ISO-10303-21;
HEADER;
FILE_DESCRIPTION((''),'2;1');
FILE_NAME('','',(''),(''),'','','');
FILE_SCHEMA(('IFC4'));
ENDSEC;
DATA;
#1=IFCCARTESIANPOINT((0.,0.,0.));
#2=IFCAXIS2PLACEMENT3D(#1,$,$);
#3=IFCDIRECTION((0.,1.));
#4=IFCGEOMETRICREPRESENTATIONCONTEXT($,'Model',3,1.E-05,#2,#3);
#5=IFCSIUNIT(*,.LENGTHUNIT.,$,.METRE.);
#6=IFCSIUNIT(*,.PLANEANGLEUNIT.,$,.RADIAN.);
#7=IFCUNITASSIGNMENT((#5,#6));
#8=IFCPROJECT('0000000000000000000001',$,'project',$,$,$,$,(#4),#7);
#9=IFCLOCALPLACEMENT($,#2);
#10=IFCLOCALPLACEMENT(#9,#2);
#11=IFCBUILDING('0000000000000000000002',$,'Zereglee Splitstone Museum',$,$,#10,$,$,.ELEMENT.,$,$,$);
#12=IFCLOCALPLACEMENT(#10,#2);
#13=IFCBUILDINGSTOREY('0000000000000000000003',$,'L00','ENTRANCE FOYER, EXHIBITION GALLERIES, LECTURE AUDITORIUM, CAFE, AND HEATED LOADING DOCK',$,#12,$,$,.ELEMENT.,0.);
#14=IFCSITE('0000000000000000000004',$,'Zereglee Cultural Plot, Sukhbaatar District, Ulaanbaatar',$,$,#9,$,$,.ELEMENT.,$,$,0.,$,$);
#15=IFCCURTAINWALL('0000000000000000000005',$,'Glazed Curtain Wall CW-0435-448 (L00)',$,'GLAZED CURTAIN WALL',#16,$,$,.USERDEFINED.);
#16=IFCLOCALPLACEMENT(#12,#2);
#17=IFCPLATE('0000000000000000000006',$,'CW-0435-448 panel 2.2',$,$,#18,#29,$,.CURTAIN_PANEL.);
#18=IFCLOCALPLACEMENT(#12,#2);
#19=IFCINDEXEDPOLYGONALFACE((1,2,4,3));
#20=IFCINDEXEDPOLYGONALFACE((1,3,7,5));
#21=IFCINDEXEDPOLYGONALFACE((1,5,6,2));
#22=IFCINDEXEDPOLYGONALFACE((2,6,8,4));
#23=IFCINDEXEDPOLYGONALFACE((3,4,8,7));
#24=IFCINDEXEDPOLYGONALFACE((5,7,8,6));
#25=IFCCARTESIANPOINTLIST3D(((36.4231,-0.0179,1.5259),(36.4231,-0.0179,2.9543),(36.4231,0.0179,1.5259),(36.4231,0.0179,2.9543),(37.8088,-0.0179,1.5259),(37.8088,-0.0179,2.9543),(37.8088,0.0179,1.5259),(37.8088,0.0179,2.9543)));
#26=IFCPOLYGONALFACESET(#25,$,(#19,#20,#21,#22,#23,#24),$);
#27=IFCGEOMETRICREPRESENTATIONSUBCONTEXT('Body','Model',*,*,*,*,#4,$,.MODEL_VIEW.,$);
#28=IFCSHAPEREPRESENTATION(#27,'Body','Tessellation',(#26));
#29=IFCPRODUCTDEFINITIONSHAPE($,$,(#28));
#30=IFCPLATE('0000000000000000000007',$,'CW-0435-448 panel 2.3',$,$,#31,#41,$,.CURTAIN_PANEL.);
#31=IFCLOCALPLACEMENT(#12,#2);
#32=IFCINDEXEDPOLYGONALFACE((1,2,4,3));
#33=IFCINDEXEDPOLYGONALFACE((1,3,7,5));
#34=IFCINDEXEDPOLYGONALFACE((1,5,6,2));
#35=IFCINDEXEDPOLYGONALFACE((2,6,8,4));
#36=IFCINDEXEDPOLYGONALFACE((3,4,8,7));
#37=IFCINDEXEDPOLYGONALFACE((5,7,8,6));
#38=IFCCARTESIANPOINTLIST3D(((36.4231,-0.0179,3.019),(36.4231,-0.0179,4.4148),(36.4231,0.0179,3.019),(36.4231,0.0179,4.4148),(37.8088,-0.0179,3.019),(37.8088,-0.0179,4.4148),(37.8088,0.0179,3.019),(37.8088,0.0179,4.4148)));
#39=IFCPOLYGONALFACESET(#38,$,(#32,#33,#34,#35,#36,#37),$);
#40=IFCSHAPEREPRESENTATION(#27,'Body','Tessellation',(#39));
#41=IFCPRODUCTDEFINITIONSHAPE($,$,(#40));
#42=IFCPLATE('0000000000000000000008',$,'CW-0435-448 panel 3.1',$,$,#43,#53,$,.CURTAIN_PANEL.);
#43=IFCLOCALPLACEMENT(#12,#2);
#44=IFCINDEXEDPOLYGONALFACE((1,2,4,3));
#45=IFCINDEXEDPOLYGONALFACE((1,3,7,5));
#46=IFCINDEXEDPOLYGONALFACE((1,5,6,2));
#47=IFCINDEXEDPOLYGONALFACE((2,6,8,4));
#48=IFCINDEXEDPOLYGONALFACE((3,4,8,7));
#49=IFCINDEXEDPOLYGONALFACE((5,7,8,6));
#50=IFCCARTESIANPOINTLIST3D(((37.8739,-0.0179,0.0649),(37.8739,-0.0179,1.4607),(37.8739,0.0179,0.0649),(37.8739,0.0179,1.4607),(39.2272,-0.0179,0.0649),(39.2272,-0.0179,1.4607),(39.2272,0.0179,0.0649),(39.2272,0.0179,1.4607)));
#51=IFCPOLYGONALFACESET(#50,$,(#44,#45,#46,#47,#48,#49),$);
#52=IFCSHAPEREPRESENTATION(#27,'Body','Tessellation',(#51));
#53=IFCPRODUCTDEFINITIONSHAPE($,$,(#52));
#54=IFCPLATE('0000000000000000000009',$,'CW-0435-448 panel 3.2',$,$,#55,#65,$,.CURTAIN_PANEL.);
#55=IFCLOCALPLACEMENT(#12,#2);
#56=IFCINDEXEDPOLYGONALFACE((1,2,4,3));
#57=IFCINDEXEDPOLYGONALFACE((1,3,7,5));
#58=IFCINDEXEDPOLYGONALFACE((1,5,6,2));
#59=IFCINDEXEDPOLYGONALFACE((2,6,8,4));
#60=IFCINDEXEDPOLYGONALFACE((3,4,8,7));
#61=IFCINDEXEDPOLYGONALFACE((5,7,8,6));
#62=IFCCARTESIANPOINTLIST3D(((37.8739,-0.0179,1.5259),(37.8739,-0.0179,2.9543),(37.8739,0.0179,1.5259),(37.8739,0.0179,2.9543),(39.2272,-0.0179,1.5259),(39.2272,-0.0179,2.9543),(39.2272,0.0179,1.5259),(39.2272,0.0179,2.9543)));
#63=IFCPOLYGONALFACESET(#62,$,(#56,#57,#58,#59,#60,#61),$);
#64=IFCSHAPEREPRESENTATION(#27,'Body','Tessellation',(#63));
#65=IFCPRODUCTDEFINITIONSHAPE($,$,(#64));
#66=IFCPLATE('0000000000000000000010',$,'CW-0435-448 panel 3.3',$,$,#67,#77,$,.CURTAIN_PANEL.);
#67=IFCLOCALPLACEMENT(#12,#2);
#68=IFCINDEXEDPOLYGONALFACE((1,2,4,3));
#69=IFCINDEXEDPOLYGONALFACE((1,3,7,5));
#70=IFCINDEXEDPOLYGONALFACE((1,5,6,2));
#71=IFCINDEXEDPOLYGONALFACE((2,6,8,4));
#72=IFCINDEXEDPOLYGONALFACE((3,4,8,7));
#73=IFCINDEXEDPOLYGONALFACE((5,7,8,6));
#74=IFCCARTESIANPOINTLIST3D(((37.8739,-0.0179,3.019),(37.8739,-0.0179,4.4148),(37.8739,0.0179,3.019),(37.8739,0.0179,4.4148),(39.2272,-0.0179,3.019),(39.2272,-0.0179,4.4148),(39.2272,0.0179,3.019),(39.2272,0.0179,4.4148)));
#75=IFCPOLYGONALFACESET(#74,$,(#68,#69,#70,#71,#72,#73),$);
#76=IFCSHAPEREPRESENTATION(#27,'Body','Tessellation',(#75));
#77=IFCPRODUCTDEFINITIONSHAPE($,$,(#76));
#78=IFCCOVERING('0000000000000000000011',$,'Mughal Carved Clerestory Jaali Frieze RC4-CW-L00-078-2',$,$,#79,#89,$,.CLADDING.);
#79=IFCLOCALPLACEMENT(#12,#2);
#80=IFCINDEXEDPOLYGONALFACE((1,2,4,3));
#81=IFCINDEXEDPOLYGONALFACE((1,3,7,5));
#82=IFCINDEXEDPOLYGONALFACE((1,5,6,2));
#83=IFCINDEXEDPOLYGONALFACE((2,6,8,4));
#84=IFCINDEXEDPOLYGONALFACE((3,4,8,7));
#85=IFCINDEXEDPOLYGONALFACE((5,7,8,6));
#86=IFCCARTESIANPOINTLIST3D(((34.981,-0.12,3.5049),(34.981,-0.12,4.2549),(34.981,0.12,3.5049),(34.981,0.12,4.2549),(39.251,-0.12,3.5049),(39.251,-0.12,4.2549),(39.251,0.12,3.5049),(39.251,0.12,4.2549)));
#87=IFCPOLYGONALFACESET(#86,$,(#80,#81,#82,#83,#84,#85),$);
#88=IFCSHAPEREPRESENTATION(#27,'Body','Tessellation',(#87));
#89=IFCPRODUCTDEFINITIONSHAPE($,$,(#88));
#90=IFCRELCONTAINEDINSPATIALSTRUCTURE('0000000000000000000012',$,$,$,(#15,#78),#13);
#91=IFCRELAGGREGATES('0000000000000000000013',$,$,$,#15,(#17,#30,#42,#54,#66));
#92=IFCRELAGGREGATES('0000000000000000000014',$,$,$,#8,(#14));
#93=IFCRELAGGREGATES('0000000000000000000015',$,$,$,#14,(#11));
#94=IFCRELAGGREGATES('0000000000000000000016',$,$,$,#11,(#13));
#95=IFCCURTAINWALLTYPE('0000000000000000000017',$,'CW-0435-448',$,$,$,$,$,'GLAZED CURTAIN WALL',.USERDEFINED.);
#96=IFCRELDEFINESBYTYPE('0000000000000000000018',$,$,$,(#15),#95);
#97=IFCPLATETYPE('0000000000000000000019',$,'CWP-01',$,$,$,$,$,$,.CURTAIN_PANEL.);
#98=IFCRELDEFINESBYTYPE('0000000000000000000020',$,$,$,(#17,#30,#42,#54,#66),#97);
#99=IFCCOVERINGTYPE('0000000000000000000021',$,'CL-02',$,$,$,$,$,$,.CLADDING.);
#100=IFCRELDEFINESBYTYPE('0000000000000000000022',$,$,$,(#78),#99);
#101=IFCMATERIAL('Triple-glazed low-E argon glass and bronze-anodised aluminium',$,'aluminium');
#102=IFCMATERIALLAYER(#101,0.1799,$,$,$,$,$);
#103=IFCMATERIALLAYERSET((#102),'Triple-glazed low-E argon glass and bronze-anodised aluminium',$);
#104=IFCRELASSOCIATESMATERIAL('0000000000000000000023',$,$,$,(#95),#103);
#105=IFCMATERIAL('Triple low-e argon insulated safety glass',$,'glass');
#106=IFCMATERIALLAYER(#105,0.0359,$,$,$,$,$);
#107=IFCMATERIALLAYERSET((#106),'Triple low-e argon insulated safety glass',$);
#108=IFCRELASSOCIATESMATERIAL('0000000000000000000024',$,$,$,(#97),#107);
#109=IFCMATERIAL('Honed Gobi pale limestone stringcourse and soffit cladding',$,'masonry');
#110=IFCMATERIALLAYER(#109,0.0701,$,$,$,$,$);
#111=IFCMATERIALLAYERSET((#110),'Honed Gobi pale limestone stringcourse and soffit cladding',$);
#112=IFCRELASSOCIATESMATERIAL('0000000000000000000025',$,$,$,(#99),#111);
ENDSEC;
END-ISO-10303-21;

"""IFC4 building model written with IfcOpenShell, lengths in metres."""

from ifc_helpers import new_model, si_unit, direction, frame, origin, origin_2d, place, context, subcontext, project, spatial, rectangle, extrude, material, layer, layer_set, type_object, element, aggregate, save


model = new_model("IFC4")

# Units and contexts
model_context = context("Model", 3, precision=1e-05, world=origin(), true_north=direction((0.0, 1.0)))
body_context = subcontext(model_context, "Body", "Model", "MODEL_VIEW")
ifc_project = project(units=[si_unit("LENGTHUNIT", "METRE"), si_unit("PLANEANGLEUNIT", "RADIAN")], contexts=[model_context])

# Site, building, storey
site_placement = place(None, origin())
site = spatial("IfcSite", under=ifc_project, at=site_placement, Name="Zereglee Cultural Plot, Sukhbaatar District, Ulaanbaatar", CompositionType="ELEMENT", RefElevation=0.0)
building_placement = place(site_placement, origin())
building = spatial("IfcBuilding", under=site, at=building_placement, Name="Zereglee Splitstone Museum", CompositionType="ELEMENT")
storey_placement = place(building_placement, origin())
storey = spatial("IfcBuildingStorey", under=building, at=storey_placement, Name="L00", Description="ENTRANCE FOYER, EXHIBITION GALLERIES, LECTURE AUDITORIUM, CAFE, AND HEATED LOADING DOCK", CompositionType="ELEMENT", Elevation=0.0)

# Curtain wall
ifc_material_1 = material(Name="Triple-glazed low-E argon glass and bronze-anodised aluminium", Category="aluminium")
ifc_layer_1 = layer(ifc_material_1, 0.1799)
ifc_layer_set_1 = layer_set([ifc_layer_1], Name="Triple-glazed low-E argon glass and bronze-anodised aluminium")
curtain_wall_type = type_object("IfcCurtainWallType", Name="CW-0435-448", ElementType="GLAZED CURTAIN WALL", PredefinedType="USERDEFINED", material=ifc_layer_set_1)
curtain_wall_placement = place(storey_placement, origin())
curtain_wall = element("IfcCurtainWall", 1, at=curtain_wall_placement, inside=storey, type_object=curtain_wall_type, Name="Glazed Curtain Wall CW-0435-448 (L00)", ObjectType="GLAZED CURTAIN WALL", PredefinedType="USERDEFINED")

# Plates
ifc_material_2 = material(Name="Triple low-e argon insulated safety glass", Category="glass")
ifc_layer_2 = layer(ifc_material_2, 0.0359)
ifc_layer_set_2 = layer_set([ifc_layer_2], Name="Triple low-e argon insulated safety glass")
plate_type = type_object("IfcPlateType", Name="CWP-01", PredefinedType="CURTAIN_PANEL", material=ifc_layer_set_2)
plate_1_placement = place(storey_placement, frame((37.116, 0.0, 1.5259), z_axis=(0.0, 0.0, 1.0), x_axis=(1.0, 0.0, 0.0)))
plate_1 = element("IfcPlate", 2, at=plate_1_placement, type_object=plate_type, Name="CW-0435-448 panel 2.2", PredefinedType="CURTAIN_PANEL", context=body_context, shape_type="SweptSolid", body=[
    extrude(rectangle(XDim=1.3857, YDim=0.0359, at=origin_2d()), origin(), (0.0, 0.0, 1.0), 1.4285),
])
plate_2_placement = place(storey_placement, frame((37.116, 0.0, 3.019), z_axis=(0.0, 0.0, 1.0), x_axis=(1.0, 0.0, 0.0)))
plate_2 = element("IfcPlate", 3, at=plate_2_placement, type_object=plate_type, Name="CW-0435-448 panel 2.3", PredefinedType="CURTAIN_PANEL", context=body_context, shape_type="SweptSolid", body=[
    extrude(rectangle(XDim=1.3857, YDim=0.0359, at=origin_2d()), origin(), (0.0, 0.0, 1.0), 1.3958),
])
plate_3_placement = place(storey_placement, frame((38.5505, 0.0, 0.0649), z_axis=(0.0, 0.0, 1.0), x_axis=(1.0, 0.0, 0.0)))
plate_3 = element("IfcPlate", 4, at=plate_3_placement, type_object=plate_type, Name="CW-0435-448 panel 3.1", PredefinedType="CURTAIN_PANEL", context=body_context, shape_type="SweptSolid", body=[
    extrude(rectangle(XDim=1.3533, YDim=0.0359, at=origin_2d()), origin(), (0.0, 0.0, 1.0), 1.3958),
])
plate_4_placement = place(storey_placement, frame((38.5505, 0.0, 1.5259), z_axis=(0.0, 0.0, 1.0), x_axis=(1.0, 0.0, 0.0)))
plate_4 = element("IfcPlate", 5, at=plate_4_placement, type_object=plate_type, Name="CW-0435-448 panel 3.2", PredefinedType="CURTAIN_PANEL", context=body_context, shape_type="SweptSolid", body=[
    extrude(rectangle(XDim=1.3533, YDim=0.0359, at=origin_2d()), origin(), (0.0, 0.0, 1.0), 1.4285),
])
plate_5_placement = place(storey_placement, frame((38.5505, 0.0, 3.019), z_axis=(0.0, 0.0, 1.0), x_axis=(1.0, 0.0, 0.0)))
plate_5 = element("IfcPlate", 6, at=plate_5_placement, type_object=plate_type, Name="CW-0435-448 panel 3.3", PredefinedType="CURTAIN_PANEL", context=body_context, shape_type="SweptSolid", body=[
    extrude(rectangle(XDim=1.3533, YDim=0.0359, at=origin_2d()), origin(), (0.0, 0.0, 1.0), 1.3958),
])
aggregate(curtain_wall, [plate_1, plate_2, plate_3, plate_4, plate_5])

# Covering
ifc_material_3 = material(Name="Honed Gobi pale limestone stringcourse and soffit cladding", Category="masonry")
ifc_layer_3 = layer(ifc_material_3, 0.0701)
ifc_layer_set_3 = layer_set([ifc_layer_3], Name="Honed Gobi pale limestone stringcourse and soffit cladding")
covering_type = type_object("IfcCoveringType", Name="CL-02", PredefinedType="CLADDING", material=ifc_layer_set_3)
covering_placement = place(storey_placement, frame((37.116, 0.0, 3.5049), z_axis=(0.0, 0.0, 1.0), x_axis=(1.0, 0.0, 0.0)))
element("IfcCovering", 7, at=covering_placement, inside=storey, type_object=covering_type, Name="Mughal Carved Clerestory Jaali Frieze RC4-CW-L00-078-2", PredefinedType="CLADDING", context=body_context, shape_type="SweptSolid", body=[
    extrude(rectangle(XDim=4.27, YDim=0.24, at=origin_2d()), origin(), (0.0, 0.0, 1.0), 0.75),
])

save(model, "model.ifc")
